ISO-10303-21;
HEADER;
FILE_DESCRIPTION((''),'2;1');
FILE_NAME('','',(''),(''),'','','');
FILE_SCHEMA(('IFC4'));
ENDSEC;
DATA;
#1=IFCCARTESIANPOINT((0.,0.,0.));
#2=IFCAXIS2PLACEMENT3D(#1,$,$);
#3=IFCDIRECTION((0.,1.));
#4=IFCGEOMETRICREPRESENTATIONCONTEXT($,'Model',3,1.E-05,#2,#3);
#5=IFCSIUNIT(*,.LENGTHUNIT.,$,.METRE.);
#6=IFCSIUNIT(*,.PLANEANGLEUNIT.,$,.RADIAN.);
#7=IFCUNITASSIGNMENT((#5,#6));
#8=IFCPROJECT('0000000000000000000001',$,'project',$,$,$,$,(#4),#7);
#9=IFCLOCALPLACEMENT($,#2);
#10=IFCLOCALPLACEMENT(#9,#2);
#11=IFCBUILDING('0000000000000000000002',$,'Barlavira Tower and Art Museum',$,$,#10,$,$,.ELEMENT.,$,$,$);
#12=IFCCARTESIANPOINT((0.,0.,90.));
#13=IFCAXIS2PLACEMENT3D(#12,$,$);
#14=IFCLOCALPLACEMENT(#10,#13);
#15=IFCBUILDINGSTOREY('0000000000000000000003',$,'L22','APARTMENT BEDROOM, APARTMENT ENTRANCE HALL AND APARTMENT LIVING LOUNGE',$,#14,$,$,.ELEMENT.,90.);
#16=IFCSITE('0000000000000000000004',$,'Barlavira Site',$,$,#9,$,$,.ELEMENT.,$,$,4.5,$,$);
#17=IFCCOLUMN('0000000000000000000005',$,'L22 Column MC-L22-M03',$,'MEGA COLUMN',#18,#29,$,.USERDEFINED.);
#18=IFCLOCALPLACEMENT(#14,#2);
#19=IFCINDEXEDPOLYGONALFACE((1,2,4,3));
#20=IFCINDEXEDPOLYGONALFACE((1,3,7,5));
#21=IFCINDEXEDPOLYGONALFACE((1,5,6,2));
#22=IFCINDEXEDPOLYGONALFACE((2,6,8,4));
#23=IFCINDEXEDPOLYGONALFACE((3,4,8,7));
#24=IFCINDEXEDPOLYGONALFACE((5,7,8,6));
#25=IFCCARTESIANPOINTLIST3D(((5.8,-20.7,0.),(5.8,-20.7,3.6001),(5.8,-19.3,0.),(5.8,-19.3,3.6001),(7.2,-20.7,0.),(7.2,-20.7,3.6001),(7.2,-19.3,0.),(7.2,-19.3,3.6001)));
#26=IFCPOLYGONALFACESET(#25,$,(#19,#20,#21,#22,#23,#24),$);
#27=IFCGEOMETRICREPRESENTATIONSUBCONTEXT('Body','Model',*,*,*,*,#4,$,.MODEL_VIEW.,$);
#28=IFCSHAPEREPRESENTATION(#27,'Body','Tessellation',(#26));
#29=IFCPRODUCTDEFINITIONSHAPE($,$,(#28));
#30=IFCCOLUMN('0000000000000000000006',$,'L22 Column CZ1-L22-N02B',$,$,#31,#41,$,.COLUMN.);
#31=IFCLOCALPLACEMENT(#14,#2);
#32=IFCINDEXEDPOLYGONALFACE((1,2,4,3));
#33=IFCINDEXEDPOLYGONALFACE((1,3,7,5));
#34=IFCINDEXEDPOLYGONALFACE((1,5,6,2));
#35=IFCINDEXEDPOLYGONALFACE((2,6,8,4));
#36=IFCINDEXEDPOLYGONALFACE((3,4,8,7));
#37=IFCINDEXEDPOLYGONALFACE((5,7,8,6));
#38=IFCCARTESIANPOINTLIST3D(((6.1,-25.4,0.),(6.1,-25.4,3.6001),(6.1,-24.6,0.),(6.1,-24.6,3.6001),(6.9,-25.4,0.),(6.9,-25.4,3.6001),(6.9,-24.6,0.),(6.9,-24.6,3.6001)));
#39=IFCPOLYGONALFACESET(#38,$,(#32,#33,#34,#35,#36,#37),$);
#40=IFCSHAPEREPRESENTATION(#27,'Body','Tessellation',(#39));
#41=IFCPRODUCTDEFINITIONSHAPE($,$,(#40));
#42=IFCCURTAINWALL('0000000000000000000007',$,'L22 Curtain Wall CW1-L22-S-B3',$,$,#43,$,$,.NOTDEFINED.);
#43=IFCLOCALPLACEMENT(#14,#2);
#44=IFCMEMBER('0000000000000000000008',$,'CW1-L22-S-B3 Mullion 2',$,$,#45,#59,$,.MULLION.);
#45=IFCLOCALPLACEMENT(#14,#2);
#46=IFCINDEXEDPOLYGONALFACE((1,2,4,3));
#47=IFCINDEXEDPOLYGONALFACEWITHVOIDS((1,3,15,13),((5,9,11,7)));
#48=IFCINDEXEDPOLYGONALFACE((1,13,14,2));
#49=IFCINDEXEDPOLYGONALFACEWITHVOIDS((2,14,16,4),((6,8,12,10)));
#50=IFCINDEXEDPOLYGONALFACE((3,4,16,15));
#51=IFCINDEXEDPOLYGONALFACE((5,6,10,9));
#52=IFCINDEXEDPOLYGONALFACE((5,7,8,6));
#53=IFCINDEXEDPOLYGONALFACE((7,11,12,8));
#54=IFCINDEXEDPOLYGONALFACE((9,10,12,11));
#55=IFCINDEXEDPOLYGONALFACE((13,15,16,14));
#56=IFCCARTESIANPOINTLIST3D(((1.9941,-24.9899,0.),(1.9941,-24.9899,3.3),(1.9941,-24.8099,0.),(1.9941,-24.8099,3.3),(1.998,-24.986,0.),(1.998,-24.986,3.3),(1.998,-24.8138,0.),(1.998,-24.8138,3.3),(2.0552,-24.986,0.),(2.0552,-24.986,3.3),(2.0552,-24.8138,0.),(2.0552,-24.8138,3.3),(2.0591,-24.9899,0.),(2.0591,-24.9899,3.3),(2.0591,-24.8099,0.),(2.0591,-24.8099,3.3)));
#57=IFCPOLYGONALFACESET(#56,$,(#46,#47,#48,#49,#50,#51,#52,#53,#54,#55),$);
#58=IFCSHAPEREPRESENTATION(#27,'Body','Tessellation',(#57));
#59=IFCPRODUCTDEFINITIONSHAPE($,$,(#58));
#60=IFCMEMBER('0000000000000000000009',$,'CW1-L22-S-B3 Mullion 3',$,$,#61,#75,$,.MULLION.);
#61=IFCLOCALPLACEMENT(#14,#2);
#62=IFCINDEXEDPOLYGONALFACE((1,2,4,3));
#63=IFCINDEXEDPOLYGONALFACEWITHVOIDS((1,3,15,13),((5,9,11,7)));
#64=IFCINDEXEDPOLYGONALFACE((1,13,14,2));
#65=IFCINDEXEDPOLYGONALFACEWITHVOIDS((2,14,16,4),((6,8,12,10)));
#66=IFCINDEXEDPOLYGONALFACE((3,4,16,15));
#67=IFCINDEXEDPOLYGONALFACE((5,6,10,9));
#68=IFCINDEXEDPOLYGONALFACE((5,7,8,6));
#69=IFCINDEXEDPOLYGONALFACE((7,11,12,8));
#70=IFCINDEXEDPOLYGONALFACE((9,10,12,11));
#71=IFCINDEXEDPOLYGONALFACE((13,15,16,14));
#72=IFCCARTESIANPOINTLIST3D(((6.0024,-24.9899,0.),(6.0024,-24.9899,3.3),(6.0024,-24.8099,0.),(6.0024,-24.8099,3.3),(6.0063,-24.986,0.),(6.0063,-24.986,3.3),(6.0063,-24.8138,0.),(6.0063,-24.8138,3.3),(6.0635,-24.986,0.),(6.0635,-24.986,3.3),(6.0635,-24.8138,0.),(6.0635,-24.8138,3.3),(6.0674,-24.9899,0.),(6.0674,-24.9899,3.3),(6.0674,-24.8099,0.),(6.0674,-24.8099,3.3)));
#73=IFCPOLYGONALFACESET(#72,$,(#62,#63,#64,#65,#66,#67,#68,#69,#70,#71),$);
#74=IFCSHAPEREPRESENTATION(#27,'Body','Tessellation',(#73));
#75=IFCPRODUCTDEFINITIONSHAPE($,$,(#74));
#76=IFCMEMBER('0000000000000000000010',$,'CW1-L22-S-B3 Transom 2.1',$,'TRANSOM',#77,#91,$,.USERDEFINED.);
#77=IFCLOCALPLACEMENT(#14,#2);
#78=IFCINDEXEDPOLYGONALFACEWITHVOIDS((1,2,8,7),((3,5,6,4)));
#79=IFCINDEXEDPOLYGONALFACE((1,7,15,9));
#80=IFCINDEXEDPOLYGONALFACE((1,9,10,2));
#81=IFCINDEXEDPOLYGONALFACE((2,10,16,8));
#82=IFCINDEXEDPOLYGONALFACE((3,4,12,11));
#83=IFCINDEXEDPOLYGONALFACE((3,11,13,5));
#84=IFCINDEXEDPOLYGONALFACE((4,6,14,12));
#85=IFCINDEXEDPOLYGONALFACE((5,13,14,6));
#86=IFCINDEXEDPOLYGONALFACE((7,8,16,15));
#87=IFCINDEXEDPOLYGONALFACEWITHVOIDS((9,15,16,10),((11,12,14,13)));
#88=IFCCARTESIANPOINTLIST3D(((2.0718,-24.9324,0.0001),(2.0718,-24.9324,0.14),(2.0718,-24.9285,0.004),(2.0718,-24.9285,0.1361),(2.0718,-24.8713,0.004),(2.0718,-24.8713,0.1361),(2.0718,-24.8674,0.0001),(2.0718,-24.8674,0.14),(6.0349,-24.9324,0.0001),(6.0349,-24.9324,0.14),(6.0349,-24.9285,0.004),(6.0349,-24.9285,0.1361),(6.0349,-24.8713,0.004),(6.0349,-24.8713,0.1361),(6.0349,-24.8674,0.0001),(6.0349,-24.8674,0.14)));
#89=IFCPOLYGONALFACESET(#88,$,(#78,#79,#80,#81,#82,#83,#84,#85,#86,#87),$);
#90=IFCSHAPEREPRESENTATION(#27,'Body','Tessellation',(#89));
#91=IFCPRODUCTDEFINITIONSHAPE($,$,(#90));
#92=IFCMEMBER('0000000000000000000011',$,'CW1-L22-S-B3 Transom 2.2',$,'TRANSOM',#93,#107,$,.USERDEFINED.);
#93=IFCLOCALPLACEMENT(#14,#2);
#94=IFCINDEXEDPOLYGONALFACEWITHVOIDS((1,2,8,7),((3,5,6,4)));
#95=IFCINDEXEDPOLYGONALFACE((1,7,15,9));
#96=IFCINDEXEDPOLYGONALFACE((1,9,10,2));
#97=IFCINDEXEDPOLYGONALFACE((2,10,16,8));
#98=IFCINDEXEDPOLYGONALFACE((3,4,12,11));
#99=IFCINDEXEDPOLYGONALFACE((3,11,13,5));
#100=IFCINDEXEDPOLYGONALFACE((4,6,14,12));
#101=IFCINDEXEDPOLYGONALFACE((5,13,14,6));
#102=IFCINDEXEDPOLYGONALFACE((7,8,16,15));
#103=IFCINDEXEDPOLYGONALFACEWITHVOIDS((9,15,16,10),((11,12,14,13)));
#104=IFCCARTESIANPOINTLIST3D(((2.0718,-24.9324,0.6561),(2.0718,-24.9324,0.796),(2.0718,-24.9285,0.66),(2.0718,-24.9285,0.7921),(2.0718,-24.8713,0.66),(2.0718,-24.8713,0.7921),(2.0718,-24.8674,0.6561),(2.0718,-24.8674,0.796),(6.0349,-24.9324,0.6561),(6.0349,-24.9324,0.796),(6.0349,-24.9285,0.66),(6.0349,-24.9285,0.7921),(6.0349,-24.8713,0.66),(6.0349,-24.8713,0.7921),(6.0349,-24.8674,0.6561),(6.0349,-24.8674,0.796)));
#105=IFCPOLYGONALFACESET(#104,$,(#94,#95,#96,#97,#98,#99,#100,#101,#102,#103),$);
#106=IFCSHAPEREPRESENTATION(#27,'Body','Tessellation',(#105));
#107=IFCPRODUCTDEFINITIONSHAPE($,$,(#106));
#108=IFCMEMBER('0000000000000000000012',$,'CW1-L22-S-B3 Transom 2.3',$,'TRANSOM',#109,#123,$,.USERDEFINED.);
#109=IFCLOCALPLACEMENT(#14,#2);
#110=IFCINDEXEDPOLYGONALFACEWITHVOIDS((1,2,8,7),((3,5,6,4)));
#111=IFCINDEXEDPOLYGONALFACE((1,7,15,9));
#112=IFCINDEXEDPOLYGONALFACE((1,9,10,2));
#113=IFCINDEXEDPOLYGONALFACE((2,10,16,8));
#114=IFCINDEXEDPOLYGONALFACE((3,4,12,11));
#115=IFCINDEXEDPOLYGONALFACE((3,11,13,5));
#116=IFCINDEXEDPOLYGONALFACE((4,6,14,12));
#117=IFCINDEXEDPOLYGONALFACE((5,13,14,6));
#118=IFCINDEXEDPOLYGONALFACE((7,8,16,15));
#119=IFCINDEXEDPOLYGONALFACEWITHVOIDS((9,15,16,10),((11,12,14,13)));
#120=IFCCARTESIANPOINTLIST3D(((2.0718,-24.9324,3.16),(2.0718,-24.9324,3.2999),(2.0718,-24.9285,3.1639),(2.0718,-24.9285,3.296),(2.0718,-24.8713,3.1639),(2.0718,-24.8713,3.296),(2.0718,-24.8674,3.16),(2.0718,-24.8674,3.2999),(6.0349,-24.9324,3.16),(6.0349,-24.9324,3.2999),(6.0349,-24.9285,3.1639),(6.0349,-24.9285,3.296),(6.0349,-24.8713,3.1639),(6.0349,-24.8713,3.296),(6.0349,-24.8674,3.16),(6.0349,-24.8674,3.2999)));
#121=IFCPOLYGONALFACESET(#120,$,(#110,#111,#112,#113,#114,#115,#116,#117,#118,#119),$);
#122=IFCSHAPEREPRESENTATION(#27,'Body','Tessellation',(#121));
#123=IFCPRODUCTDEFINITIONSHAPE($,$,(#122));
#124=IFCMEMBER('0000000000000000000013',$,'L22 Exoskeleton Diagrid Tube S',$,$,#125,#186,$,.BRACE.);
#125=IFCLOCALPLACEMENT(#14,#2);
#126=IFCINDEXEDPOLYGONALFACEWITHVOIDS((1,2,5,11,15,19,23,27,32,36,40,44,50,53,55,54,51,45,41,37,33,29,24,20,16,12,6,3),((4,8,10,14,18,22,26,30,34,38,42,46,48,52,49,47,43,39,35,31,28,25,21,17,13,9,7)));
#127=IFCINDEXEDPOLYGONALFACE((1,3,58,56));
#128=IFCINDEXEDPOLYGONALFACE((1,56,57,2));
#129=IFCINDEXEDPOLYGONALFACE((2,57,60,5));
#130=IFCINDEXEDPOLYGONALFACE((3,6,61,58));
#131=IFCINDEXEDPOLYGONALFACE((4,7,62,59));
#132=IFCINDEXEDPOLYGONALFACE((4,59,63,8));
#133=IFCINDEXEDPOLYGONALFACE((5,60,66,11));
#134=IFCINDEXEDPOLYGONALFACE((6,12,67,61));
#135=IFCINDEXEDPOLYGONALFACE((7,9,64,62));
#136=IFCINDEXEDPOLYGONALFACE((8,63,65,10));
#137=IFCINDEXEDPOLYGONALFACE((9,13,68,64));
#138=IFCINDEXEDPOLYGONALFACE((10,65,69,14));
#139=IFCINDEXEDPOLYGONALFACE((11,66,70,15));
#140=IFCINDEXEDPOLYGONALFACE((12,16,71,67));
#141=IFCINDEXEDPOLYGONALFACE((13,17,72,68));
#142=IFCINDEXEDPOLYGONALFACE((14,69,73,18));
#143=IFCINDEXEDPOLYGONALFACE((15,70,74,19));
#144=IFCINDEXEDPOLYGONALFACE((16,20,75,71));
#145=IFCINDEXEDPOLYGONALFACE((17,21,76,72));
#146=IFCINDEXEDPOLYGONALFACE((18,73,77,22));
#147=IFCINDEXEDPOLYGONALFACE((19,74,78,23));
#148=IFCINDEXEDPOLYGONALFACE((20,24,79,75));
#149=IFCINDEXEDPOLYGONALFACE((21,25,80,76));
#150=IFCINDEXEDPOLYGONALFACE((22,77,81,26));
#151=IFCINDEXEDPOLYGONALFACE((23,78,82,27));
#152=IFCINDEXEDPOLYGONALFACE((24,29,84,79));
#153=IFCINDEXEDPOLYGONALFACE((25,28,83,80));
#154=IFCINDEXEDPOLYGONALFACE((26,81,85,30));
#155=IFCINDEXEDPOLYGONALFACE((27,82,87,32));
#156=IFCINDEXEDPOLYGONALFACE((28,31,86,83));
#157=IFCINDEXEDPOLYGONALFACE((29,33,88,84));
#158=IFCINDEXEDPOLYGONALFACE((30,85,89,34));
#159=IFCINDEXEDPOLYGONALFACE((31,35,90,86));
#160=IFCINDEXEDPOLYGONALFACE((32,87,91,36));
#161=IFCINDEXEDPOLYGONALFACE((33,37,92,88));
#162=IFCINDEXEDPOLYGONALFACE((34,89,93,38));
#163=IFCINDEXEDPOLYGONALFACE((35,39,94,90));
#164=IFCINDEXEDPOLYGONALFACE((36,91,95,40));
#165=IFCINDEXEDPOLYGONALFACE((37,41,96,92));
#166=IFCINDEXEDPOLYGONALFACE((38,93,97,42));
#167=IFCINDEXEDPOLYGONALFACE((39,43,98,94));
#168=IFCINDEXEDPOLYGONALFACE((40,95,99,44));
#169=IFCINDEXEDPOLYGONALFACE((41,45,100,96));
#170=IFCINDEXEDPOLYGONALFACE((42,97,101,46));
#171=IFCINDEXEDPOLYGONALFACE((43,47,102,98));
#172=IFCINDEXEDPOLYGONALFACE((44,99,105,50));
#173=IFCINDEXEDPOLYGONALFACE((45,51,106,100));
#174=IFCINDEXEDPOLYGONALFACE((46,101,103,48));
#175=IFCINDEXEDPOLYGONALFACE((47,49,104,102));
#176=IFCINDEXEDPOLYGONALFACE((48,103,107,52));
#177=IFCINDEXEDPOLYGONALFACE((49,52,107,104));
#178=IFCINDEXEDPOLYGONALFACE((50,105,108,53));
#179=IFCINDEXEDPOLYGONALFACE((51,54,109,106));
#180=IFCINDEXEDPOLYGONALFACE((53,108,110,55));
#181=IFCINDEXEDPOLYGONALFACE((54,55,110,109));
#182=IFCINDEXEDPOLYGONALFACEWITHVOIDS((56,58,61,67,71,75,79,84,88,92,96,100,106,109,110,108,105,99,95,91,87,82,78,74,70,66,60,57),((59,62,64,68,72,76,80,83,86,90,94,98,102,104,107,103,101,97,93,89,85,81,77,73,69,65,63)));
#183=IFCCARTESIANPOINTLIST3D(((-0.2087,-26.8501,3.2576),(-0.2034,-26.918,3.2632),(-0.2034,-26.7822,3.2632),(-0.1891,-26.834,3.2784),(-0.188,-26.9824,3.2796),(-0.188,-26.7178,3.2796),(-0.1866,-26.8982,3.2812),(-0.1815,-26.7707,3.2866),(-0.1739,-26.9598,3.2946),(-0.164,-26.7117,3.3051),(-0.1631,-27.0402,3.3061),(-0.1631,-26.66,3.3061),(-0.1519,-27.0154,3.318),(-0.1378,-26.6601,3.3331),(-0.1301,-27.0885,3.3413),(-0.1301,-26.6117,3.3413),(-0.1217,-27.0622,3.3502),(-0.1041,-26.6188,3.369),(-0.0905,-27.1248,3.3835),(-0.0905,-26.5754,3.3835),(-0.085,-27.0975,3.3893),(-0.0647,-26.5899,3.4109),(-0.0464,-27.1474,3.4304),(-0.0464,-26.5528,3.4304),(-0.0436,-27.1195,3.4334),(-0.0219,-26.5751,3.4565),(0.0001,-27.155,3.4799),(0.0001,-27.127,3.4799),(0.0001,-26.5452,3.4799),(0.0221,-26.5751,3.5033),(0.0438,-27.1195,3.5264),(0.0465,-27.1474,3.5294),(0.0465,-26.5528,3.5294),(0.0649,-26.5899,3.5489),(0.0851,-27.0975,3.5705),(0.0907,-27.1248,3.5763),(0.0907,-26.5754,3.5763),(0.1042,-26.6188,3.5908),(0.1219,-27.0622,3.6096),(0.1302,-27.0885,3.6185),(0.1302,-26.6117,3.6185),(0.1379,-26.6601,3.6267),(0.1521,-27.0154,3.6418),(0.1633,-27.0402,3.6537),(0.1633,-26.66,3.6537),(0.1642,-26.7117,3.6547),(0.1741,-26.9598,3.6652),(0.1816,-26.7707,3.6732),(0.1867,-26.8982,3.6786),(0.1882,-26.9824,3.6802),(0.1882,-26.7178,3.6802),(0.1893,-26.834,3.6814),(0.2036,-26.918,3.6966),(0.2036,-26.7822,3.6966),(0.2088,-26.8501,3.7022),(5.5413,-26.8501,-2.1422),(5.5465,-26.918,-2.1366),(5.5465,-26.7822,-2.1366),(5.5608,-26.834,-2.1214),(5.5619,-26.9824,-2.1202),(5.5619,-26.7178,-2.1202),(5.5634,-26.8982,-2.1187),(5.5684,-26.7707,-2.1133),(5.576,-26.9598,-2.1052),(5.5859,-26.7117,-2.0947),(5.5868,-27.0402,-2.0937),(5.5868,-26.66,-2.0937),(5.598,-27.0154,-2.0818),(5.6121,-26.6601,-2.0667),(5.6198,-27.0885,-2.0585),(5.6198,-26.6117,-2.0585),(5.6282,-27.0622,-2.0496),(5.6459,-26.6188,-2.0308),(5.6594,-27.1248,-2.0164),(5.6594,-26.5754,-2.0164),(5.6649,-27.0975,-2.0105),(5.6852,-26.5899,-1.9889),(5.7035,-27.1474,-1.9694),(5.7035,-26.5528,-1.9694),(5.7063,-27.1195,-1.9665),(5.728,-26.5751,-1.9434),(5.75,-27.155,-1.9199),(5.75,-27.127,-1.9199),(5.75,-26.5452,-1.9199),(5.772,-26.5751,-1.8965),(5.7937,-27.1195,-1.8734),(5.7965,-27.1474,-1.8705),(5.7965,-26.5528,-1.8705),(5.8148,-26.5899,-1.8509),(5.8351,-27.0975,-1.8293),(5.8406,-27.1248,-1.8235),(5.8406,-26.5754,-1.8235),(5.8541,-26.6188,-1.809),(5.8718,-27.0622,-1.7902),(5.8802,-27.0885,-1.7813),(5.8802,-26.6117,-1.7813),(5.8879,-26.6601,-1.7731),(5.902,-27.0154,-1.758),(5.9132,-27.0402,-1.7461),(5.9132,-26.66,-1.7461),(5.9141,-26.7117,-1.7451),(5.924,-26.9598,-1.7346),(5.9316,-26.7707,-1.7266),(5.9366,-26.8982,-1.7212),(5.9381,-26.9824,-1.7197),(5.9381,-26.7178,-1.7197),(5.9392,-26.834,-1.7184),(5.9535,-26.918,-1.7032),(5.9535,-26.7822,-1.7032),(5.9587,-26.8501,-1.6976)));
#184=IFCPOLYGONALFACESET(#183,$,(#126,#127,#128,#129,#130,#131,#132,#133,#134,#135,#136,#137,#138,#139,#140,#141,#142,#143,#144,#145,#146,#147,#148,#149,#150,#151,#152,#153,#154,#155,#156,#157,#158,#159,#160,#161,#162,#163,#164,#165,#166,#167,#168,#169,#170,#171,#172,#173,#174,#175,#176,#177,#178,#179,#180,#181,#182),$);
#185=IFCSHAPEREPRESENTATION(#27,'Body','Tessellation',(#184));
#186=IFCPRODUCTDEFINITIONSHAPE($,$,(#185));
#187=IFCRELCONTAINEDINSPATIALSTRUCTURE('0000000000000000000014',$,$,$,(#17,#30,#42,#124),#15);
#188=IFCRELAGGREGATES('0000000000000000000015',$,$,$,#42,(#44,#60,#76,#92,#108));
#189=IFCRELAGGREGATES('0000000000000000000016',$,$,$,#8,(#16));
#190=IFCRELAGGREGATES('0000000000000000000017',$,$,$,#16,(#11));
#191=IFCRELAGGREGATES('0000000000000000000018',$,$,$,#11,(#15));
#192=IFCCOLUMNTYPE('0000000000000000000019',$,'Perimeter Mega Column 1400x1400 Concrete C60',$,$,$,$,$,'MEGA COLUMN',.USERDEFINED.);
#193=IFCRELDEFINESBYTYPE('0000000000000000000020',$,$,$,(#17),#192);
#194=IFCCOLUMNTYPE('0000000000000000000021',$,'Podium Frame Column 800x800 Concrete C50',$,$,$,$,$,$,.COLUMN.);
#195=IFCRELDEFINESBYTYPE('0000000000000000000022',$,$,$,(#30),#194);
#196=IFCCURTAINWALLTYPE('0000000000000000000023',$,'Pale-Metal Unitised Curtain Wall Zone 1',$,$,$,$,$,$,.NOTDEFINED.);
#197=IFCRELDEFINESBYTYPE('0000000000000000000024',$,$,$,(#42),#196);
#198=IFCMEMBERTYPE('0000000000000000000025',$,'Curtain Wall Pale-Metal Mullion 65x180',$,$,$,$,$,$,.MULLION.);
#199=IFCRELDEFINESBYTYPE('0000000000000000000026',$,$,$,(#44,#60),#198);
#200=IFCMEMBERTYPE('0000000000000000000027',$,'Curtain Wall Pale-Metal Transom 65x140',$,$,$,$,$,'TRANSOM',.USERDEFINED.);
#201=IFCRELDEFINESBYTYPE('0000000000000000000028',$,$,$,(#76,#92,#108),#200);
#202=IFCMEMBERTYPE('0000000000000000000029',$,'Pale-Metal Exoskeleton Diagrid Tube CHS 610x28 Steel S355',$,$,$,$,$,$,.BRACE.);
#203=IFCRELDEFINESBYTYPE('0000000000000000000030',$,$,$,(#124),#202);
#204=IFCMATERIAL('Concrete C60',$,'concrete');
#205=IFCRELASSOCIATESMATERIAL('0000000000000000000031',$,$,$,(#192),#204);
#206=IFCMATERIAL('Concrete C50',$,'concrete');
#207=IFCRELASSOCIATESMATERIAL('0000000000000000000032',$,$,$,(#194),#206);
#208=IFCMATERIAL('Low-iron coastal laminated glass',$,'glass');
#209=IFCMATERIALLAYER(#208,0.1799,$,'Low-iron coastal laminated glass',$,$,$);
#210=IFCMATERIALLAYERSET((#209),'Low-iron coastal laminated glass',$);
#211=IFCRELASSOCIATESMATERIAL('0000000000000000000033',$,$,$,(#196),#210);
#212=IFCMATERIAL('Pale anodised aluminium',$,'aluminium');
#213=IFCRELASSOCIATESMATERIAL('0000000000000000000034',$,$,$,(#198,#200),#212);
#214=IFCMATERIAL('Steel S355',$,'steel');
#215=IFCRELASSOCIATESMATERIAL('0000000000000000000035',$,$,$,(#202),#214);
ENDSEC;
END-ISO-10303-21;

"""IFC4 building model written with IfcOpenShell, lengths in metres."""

from ifc_helpers import new_model, si_unit, direction, frame, origin, origin_2d, place, context, subcontext, project, spatial, rectangle, hollow_rectangle, hollow_circle, extrude, material, layer, layer_set, material_profile, profile_set, type_object, element, aggregate, save


model = new_model("IFC4")

# Units and contexts
model_context = context("Model", 3, precision=1e-05, world=origin(), true_north=direction((0.0, 1.0)))
body_context = subcontext(model_context, "Body", "Model", "MODEL_VIEW")
ifc_project = project(units=[si_unit("LENGTHUNIT", "METRE"), si_unit("PLANEANGLEUNIT", "RADIAN")], contexts=[model_context])

# Site, building, storey
site_placement = place(None, origin())
site = spatial("IfcSite", under=ifc_project, at=site_placement, Name="Barlavira Site", CompositionType="ELEMENT", RefElevation=4.5)
building_placement = place(site_placement, origin())
building = spatial("IfcBuilding", under=site, at=building_placement, Name="Barlavira Tower and Art Museum", CompositionType="ELEMENT")
storey_placement = place(building_placement, frame((0.0, 0.0, 90.0)))
storey = spatial("IfcBuildingStorey", under=building, at=storey_placement, Name="L22", Description="APARTMENT BEDROOM, APARTMENT ENTRANCE HALL AND APARTMENT LIVING LOUNGE", CompositionType="ELEMENT", Elevation=90.0)

# Columns
ifc_material_1 = material(Name="Concrete C60", Category="concrete")
ifc_material_profile_1 = material_profile(ifc_material_1, rectangle(XDim=1.3999, YDim=1.3999, at=origin_2d()), Name="RC-MCOL 1400x1400")
ifc_profile_set_1 = profile_set([ifc_material_profile_1], Name="Concrete C60")
column_type_1 = type_object("IfcColumnType", Name="Perimeter Mega Column 1400x1400 Concrete C60", ElementType="MEGA COLUMN", PredefinedType="USERDEFINED", material=ifc_profile_set_1)
column_1_placement = place(storey_placement, frame((6.5, -20.0, 0.0), z_axis=(0.0, 0.0, 1.0), x_axis=(1.0, 0.0, 0.0)))
element("IfcColumn", 1, at=column_1_placement, inside=storey, type_object=column_type_1, Name="L22 Column MC-L22-M03", ObjectType="MEGA COLUMN", PredefinedType="USERDEFINED", context=body_context, shape_type="SweptSolid", body=[
    extrude(rectangle(XDim=1.3999, YDim=1.3999, at=origin_2d()), origin(), (0.0, 0.0, 1.0), 3.6001),
])
ifc_material_2 = material(Name="Concrete C50", Category="concrete")
ifc_material_profile_2 = material_profile(ifc_material_2, rectangle(XDim=0.8, YDim=0.8, at=origin_2d()), Name="RC-COL 800x800")
ifc_profile_set_2 = profile_set([ifc_material_profile_2], Name="Concrete C50")
column_type_2 = type_object("IfcColumnType", Name="Podium Frame Column 800x800 Concrete C50", PredefinedType="COLUMN", material=ifc_profile_set_2)
column_2_placement = place(storey_placement, frame((6.5, -25.0, 0.0), z_axis=(0.0, 0.0, 1.0), x_axis=(1.0, 0.0, 0.0)))
element("IfcColumn", 2, at=column_2_placement, inside=storey, type_object=column_type_2, Name="L22 Column CZ1-L22-N02B", PredefinedType="COLUMN", context=body_context, shape_type="SweptSolid", body=[
    extrude(rectangle(XDim=0.8, YDim=0.8, at=origin_2d()), origin(), (0.0, 0.0, 1.0), 3.6001),
])

# Curtain wall, members
ifc_material_3 = material(Name="Low-iron coastal laminated glass", Category="glass")
ifc_layer_1 = layer(ifc_material_3, 0.1799, Name="Low-iron coastal laminated glass")
ifc_layer_set_1 = layer_set([ifc_layer_1], Name="Low-iron coastal laminated glass")
curtain_wall_type = type_object("IfcCurtainWallType", Name="Pale-Metal Unitised Curtain Wall Zone 1", PredefinedType="NOTDEFINED", material=ifc_layer_set_1)
curtain_wall_placement = place(storey_placement, origin())
curtain_wall = element("IfcCurtainWall", 3, at=curtain_wall_placement, inside=storey, type_object=curtain_wall_type, Name="L22 Curtain Wall CW1-L22-S-B3", PredefinedType="NOTDEFINED")
ifc_material_4 = material(Name="Pale anodised aluminium", Category="aluminium")
ifc_material_profile_3 = material_profile(ifc_material_4, hollow_rectangle(XDim=0.0649, YDim=0.1799, WallThickness=0.0039, at=origin_2d()), Name="ALU-MULL 65x180x4")
ifc_profile_set_3 = profile_set([ifc_material_profile_3], Name="Pale anodised aluminium")
member_type_1 = type_object("IfcMemberType", Name="Curtain Wall Pale-Metal Mullion 65x180", PredefinedType="MULLION", material=ifc_profile_set_3)
member_1_placement = place(storey_placement, frame((2.0266, -24.8999, 0.0), z_axis=(0.0, 0.0, 1.0), x_axis=(1.0, 0.0, 0.0)))
member_1 = element("IfcMember", 4, at=member_1_placement, type_object=member_type_1, Name="CW1-L22-S-B3 Mullion 2", PredefinedType="MULLION", context=body_context, shape_type="SweptSolid", body=[
    extrude(hollow_rectangle(XDim=0.0649, YDim=0.1799, WallThickness=0.0039, at=origin_2d()), origin(), (0.0, 0.0, 1.0), 3.3),
])
member_2_placement = place(storey_placement, frame((6.0349, -24.8999, 0.0), z_axis=(0.0, 0.0, 1.0), x_axis=(1.0, 0.0, 0.0)))
member_2 = element("IfcMember", 5, at=member_2_placement, type_object=member_type_1, Name="CW1-L22-S-B3 Mullion 3", PredefinedType="MULLION", context=body_context, shape_type="SweptSolid", body=[
    extrude(hollow_rectangle(XDim=0.0649, YDim=0.1799, WallThickness=0.0039, at=origin_2d()), origin(), (0.0, 0.0, 1.0), 3.3),
])
ifc_material_profile_4 = material_profile(ifc_material_4, hollow_rectangle(XDim=0.0649, YDim=0.1399, WallThickness=0.0039, at=origin_2d()), Name="ALU-TRAN 65x140x4")
ifc_profile_set_4 = profile_set([ifc_material_profile_4], Name="Pale anodised aluminium")
member_type_2 = type_object("IfcMemberType", Name="Curtain Wall Pale-Metal Transom 65x140", ElementType="TRANSOM", PredefinedType="USERDEFINED", material=ifc_profile_set_4)
member_3_placement = place(storey_placement, frame((2.0718, -24.8999, 0.0701), z_axis=(1.0, 0.0, 0.0), x_axis=(0.0, 1.0, 0.0)))
member_3 = element("IfcMember", 6, at=member_3_placement, type_object=member_type_2, Name="CW1-L22-S-B3 Transom 2.1", ObjectType="TRANSOM", PredefinedType="USERDEFINED", context=body_context, shape_type="SweptSolid", body=[
    extrude(hollow_rectangle(XDim=0.0649, YDim=0.1399, WallThickness=0.0039, at=origin_2d()), origin(), (0.0, 0.0, 1.0), 3.9631),
])
member_4_placement = place(storey_placement, frame((2.0718, -24.8999, 0.7261), z_axis=(1.0, 0.0, 0.0), x_axis=(0.0, 1.0, 0.0)))
member_4 = element("IfcMember", 7, at=member_4_placement, type_object=member_type_2, Name="CW1-L22-S-B3 Transom 2.2", ObjectType="TRANSOM", PredefinedType="USERDEFINED", context=body_context, shape_type="SweptSolid", body=[
    extrude(hollow_rectangle(XDim=0.0649, YDim=0.1399, WallThickness=0.0039, at=origin_2d()), origin(), (0.0, 0.0, 1.0), 3.9631),
])
member_5_placement = place(storey_placement, frame((2.0718, -24.8999, 3.23), z_axis=(1.0, 0.0, 0.0), x_axis=(0.0, 1.0, 0.0)))
member_5 = element("IfcMember", 8, at=member_5_placement, type_object=member_type_2, Name="CW1-L22-S-B3 Transom 2.3", ObjectType="TRANSOM", PredefinedType="USERDEFINED", context=body_context, shape_type="SweptSolid", body=[
    extrude(hollow_rectangle(XDim=0.0649, YDim=0.1399, WallThickness=0.0039, at=origin_2d()), origin(), (0.0, 0.0, 1.0), 3.9631),
])

# Member
ifc_material_5 = material(Name="Steel S355", Category="steel")
ifc_material_profile_5 = material_profile(ifc_material_5, hollow_circle(Radius=0.3049, WallThickness=0.0281, at=origin_2d()), Name="CHS 610.0x28.0")
ifc_profile_set_5 = profile_set([ifc_material_profile_5], Name="Steel S355")
member_type_3 = type_object("IfcMemberType", Name="Pale-Metal Exoskeleton Diagrid Tube CHS 610x28 Steel S355", PredefinedType="BRACE", material=ifc_profile_set_5)
for number, where, z_axis, x_axis, name in (
    (9, (5.75, -26.8501, -1.9199), (-0.72895, 0.0, 0.684567), (0.0, -1.0, 0.0), "L22 Exoskeleton Diagrid Tube S"),
):
    element("IfcMember", number, at=place(storey_placement, frame(where, z_axis=z_axis, x_axis=x_axis)), inside=storey, type_object=member_type_3, Name=name, PredefinedType="BRACE", context=body_context, shape_type="SweptSolid", body=[
        extrude(hollow_circle(Radius=0.3049, WallThickness=0.0281, at=origin_2d()), origin(), (0.0, 0.0, 1.0), 7.8879),
    ])

aggregate(curtain_wall, [member_1, member_2, member_3, member_4, member_5])

save(model, "model.ifc")
